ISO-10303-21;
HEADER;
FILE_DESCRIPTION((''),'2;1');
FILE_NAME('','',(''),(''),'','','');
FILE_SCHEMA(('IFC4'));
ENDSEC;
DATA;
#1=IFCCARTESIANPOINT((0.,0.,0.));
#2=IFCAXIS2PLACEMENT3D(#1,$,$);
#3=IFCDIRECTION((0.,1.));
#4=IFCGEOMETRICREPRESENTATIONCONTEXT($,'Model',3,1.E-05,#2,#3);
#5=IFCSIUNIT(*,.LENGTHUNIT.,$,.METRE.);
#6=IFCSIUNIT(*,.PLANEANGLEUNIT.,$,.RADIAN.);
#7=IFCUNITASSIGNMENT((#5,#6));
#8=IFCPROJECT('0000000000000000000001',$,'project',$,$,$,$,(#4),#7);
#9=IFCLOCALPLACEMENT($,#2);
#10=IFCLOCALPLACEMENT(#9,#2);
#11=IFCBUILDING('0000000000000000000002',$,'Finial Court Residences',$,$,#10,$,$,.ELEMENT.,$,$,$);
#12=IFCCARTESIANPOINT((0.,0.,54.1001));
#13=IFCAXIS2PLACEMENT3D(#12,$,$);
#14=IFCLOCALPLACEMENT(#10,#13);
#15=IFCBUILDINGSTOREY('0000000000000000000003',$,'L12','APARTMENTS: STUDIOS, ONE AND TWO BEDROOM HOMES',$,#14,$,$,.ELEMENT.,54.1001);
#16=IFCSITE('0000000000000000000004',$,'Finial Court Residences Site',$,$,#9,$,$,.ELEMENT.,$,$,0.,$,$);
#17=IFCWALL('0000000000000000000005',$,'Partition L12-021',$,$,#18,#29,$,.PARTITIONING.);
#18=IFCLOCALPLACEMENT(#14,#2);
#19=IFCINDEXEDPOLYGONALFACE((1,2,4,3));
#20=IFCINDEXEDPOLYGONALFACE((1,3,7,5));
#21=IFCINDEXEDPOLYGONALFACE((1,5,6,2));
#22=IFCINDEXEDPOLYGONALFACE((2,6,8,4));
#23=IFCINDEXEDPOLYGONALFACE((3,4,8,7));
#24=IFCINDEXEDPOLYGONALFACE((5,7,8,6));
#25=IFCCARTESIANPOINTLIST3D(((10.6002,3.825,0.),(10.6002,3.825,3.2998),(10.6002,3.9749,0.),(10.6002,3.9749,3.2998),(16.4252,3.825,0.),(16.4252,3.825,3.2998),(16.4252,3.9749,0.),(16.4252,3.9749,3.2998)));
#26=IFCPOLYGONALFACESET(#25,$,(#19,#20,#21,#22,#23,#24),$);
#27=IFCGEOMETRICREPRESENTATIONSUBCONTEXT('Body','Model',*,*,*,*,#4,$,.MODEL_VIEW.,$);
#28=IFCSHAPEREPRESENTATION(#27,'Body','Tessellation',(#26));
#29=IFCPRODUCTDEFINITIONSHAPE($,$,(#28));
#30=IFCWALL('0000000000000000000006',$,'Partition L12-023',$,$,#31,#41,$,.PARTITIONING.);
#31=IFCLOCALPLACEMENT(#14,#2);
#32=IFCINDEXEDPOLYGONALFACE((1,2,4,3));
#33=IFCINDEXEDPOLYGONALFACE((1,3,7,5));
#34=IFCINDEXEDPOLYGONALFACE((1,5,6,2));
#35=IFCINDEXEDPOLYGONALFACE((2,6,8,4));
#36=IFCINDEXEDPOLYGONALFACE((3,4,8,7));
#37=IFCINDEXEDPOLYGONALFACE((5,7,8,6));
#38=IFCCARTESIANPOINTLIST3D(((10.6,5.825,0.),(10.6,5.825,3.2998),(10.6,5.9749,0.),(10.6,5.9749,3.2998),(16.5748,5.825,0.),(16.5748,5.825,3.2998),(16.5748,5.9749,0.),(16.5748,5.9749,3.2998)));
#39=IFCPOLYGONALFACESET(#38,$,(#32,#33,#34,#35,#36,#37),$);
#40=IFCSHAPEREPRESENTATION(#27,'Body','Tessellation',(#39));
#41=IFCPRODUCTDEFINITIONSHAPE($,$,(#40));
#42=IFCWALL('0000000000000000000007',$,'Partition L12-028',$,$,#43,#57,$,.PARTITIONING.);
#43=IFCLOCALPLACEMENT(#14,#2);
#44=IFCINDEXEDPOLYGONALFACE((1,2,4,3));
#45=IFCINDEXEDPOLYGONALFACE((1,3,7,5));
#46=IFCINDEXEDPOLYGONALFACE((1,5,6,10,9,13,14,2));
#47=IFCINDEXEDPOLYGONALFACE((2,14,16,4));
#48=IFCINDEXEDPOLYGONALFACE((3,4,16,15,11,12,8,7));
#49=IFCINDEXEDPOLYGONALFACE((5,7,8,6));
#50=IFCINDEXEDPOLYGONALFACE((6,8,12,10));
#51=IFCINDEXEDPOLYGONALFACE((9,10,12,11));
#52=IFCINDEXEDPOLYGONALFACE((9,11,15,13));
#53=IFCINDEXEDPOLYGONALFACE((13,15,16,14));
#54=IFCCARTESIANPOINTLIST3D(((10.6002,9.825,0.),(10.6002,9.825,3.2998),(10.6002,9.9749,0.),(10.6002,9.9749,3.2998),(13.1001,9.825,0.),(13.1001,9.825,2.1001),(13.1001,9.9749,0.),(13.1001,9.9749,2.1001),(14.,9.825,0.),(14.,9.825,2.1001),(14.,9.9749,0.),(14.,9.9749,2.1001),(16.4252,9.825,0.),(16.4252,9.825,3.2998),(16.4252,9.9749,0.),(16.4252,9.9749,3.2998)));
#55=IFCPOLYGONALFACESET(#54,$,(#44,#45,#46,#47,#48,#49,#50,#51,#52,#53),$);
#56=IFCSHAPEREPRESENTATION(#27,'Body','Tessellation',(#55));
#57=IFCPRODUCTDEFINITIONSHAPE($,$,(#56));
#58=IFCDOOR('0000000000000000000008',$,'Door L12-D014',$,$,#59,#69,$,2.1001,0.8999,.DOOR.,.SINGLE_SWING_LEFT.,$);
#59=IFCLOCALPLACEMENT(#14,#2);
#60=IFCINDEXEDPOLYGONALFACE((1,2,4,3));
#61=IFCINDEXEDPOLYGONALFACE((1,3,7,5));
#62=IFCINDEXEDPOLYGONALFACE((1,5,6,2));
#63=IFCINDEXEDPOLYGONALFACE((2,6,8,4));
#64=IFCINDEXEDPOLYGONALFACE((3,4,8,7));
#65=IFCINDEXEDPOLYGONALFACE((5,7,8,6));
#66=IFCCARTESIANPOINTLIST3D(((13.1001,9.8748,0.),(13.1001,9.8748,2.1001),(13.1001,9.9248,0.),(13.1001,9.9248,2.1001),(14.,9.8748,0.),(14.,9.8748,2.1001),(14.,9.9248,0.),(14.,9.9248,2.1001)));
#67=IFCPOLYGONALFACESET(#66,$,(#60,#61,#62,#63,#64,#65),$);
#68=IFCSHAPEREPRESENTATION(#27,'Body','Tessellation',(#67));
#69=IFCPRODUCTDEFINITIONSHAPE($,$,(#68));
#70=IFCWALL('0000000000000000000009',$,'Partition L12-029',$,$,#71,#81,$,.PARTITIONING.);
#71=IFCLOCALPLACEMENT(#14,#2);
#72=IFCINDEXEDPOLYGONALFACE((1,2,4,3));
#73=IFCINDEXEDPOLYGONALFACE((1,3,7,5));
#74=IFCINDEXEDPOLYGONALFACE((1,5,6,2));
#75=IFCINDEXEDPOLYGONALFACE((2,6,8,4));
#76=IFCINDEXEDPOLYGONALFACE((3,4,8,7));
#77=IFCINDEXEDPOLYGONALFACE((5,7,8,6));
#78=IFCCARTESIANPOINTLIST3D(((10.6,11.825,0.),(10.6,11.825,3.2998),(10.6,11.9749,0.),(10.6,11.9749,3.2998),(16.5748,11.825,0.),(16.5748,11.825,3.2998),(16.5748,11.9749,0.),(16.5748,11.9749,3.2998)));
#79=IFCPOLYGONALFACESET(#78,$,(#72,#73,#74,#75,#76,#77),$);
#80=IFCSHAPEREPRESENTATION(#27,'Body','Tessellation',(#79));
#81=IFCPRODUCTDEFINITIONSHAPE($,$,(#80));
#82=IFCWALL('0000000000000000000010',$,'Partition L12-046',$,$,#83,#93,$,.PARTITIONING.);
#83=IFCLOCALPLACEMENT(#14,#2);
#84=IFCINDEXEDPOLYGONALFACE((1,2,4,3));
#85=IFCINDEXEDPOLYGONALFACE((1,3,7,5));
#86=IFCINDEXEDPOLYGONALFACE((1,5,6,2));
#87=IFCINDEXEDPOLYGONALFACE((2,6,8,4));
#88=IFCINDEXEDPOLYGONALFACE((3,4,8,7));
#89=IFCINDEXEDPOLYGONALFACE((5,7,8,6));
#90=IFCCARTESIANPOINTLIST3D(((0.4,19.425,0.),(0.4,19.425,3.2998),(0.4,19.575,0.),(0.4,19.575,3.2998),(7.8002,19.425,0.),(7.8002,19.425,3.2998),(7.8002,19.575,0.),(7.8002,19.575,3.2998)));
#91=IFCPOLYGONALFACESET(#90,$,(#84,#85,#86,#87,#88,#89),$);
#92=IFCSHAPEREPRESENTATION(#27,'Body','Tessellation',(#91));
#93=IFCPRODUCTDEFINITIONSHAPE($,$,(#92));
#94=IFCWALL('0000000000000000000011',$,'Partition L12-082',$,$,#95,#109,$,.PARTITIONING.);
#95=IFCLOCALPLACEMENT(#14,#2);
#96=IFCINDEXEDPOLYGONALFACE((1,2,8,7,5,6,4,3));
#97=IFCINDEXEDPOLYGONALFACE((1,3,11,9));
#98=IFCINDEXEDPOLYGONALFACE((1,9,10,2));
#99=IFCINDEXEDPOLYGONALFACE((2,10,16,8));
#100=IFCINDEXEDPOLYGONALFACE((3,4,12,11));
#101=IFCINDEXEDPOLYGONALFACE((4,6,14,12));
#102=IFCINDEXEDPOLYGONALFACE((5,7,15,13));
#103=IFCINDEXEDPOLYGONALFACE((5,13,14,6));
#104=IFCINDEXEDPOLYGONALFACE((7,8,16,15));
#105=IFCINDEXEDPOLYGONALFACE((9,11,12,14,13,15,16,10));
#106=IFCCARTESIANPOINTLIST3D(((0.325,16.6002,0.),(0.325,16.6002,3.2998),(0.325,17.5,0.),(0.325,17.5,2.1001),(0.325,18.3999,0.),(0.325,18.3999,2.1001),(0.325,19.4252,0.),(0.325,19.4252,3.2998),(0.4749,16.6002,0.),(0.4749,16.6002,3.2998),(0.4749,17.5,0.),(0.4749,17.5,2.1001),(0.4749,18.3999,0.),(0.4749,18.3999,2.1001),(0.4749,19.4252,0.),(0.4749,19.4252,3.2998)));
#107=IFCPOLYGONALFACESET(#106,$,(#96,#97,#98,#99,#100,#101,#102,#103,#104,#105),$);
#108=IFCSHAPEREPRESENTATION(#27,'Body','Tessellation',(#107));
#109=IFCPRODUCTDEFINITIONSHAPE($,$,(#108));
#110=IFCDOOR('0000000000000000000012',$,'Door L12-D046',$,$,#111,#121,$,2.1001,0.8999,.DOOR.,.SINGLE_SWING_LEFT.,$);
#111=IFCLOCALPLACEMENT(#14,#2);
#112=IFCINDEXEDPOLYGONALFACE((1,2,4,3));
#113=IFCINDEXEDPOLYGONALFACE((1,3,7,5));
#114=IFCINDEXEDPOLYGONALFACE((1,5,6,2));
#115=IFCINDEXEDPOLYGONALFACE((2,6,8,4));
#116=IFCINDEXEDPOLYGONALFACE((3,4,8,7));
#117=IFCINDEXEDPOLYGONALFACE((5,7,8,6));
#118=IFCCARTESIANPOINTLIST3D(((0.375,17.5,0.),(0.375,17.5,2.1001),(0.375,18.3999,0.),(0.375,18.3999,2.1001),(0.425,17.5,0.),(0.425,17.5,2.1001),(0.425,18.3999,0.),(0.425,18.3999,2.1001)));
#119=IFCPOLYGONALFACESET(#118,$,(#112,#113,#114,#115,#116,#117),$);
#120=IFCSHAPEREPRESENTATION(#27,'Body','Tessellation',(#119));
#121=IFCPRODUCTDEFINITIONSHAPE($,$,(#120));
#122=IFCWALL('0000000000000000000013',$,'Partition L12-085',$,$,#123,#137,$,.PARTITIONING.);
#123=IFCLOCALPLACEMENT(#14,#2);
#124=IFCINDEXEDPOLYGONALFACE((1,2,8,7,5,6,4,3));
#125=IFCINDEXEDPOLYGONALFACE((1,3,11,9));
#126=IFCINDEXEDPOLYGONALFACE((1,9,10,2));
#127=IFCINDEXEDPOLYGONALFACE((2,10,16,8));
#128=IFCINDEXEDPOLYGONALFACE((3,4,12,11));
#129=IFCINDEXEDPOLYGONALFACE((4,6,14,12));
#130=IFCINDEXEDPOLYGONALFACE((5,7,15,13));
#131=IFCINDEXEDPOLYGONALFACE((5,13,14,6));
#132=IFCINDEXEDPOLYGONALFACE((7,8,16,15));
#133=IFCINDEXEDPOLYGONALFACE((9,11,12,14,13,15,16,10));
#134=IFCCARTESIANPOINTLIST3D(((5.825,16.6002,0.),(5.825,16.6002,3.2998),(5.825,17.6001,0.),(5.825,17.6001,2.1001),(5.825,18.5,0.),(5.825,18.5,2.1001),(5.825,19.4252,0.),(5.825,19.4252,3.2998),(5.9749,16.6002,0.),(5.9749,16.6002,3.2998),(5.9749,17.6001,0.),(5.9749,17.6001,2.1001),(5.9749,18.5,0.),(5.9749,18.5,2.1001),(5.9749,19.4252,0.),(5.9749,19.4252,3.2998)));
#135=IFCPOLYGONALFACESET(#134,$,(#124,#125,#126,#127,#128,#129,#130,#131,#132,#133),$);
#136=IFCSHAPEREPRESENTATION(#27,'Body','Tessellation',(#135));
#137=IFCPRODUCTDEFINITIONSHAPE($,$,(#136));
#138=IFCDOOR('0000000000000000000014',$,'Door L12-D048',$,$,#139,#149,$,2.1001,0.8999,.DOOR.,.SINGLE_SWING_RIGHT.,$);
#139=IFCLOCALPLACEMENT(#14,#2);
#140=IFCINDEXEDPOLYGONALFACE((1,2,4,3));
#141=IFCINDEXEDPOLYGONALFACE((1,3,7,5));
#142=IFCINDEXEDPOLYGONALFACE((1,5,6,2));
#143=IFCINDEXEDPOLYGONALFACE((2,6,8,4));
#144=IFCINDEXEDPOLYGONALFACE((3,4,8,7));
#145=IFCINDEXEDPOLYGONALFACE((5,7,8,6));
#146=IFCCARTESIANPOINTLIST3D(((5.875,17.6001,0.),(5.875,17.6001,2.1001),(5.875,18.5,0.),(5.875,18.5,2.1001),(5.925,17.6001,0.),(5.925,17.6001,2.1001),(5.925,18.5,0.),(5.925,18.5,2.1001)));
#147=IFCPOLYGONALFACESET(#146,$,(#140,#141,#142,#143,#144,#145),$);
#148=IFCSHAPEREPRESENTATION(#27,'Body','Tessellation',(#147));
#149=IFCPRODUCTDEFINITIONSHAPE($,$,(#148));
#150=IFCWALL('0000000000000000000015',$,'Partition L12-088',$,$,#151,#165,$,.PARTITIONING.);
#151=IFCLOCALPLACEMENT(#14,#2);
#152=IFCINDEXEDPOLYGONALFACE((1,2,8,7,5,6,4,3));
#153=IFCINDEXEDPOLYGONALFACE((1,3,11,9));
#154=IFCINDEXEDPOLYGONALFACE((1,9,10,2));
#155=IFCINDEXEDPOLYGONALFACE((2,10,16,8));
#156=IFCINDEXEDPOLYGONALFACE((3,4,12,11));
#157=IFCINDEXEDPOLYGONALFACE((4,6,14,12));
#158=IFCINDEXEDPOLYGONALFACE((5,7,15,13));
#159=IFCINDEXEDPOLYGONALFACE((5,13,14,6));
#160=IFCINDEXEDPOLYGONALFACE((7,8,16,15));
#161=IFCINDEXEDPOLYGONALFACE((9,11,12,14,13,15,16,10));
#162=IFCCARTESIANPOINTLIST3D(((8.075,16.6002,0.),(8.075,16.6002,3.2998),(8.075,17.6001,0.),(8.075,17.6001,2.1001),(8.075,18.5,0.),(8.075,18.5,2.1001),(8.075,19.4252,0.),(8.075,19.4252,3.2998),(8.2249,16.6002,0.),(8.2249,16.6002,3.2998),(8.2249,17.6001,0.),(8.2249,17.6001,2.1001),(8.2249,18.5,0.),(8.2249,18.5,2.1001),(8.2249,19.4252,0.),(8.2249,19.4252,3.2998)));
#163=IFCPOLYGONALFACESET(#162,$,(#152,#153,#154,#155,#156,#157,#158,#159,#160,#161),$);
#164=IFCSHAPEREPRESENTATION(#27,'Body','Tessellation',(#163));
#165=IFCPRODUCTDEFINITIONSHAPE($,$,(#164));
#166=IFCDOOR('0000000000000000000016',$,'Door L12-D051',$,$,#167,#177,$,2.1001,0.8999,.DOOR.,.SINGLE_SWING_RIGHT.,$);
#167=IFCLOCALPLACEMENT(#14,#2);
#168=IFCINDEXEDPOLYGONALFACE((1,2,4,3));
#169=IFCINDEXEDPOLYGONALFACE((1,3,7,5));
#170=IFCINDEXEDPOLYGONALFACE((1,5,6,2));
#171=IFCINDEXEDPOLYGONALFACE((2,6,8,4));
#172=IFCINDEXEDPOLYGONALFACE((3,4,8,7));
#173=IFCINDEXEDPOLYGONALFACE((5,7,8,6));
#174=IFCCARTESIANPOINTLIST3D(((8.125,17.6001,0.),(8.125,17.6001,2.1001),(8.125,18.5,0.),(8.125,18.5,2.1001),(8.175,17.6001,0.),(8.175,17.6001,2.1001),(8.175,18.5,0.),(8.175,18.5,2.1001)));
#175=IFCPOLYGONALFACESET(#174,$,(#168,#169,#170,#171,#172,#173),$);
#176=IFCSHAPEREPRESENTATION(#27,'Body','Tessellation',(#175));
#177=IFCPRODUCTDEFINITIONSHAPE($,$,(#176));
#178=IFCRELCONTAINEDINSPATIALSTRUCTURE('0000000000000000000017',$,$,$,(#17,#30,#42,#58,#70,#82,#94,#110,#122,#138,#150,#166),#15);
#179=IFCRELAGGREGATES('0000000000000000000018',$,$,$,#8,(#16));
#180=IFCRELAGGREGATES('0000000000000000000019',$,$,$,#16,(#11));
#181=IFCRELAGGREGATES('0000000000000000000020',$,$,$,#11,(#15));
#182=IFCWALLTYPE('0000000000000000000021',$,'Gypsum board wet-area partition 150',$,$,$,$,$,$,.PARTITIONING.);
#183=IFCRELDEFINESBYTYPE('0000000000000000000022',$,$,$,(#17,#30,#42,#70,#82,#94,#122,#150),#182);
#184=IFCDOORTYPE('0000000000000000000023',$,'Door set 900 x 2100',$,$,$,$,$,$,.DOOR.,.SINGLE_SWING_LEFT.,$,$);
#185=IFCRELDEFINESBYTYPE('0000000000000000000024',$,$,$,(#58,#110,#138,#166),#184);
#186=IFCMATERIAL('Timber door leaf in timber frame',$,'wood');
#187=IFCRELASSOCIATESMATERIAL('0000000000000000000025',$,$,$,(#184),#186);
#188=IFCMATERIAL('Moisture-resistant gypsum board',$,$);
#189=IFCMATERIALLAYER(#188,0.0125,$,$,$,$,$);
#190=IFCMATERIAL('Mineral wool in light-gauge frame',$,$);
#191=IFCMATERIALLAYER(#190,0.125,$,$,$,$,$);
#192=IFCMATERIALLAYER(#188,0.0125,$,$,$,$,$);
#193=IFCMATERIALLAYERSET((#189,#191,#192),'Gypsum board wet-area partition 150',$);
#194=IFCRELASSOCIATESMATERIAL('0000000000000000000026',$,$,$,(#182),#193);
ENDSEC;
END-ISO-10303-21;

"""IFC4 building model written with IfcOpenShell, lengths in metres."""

from ifc_helpers import new_model, si_unit, direction, frame, frame_2d, origin, place, context, subcontext, project, spatial, rectangle, extrude, material, layer, layer_set, type_object, element, fill, save


model = new_model("IFC4")

# Units and contexts
model_context = context("Model", 3, precision=1e-05, world=origin(), true_north=direction((0.0, 1.0)))
body_context = subcontext(model_context, "Body", "Model", "MODEL_VIEW")
ifc_project = project(units=[si_unit("LENGTHUNIT", "METRE"), si_unit("PLANEANGLEUNIT", "RADIAN")], contexts=[model_context])

# Site, building, storey
site_placement = place(None, origin())
site = spatial("IfcSite", under=ifc_project, at=site_placement, Name="Finial Court Residences Site", CompositionType="ELEMENT", RefElevation=0.0)
building_placement = place(site_placement, origin())
building = spatial("IfcBuilding", under=site, at=building_placement, Name="Finial Court Residences", CompositionType="ELEMENT")
storey_placement = place(building_placement, frame((0.0, 0.0, 54.1001)))
storey = spatial("IfcBuildingStorey", under=building, at=storey_placement, Name="L12", Description="APARTMENTS: STUDIOS, ONE AND TWO BEDROOM HOMES", CompositionType="ELEMENT", Elevation=54.1001)

# Shared definitions
ifc_material_1 = material(Name="Mineral wool in light-gauge frame")

# Shared definitions
ifc_material_2 = material(Name="Timber door leaf in timber frame", Category="wood")
door_type = type_object("IfcDoorType", Name="Door set 900 x 2100", OperationType="SINGLE_SWING_LEFT", PredefinedType="DOOR", material=ifc_material_2)

# Walls
ifc_material_3 = material(Name="Moisture-resistant gypsum board")
ifc_layer_1 = layer(ifc_material_3, 0.0125)
ifc_layer_2 = layer(ifc_material_1, 0.125)
ifc_layer_3 = layer(ifc_material_3, 0.0125)
ifc_layer_set_1 = layer_set([ifc_layer_1, ifc_layer_2, ifc_layer_3], Name="Gypsum board wet-area partition 150")
wall_type_1 = type_object("IfcWallType", Name="Gypsum board wet-area partition 150", PredefinedType="PARTITIONING", material=ifc_layer_set_1)
wall_1_placement = place(storey_placement, frame((10.6001, 3.8999, 0.0), z_axis=(0.0, 0.0, 1.0), x_axis=(1.0, 0.0, 0.0)))
element("IfcWall", 1, at=wall_1_placement, inside=storey, type_object=wall_type_1, Name="Partition L12-021", PredefinedType="PARTITIONING", context=body_context, shape_type="SweptSolid", body=[
    extrude(rectangle(XDim=5.825, YDim=0.1499, at=frame_2d((2.9126, 0.0))), origin(), (0.0, 0.0, 1.0), 3.2998),
])
wall_2_placement = place(storey_placement, frame((10.6001, 5.8999, 0.0), z_axis=(0.0, 0.0, 1.0), x_axis=(1.0, 0.0, 0.0)))
element("IfcWall", 2, at=wall_2_placement, inside=storey, type_object=wall_type_1, Name="Partition L12-023", PredefinedType="PARTITIONING", context=body_context, shape_type="SweptSolid", body=[
    extrude(rectangle(XDim=5.9749, YDim=0.1499, at=frame_2d((2.9873, 0.0))), origin(), (0.0, 0.0, 1.0), 3.2998),
])

# Wall, opening, door
wall_3_placement = place(storey_placement, frame((10.6001, 9.8999, 0.0), z_axis=(0.0, 0.0, 1.0), x_axis=(1.0, 0.0, 0.0)))
wall_3 = element("IfcWall", 3, at=wall_3_placement, inside=storey, type_object=wall_type_1, Name="Partition L12-028", PredefinedType="PARTITIONING", context=body_context, shape_type="SweptSolid", body=[
    extrude(rectangle(XDim=5.825, YDim=0.1499, at=frame_2d((2.9126, 0.0))), origin(), (0.0, 0.0, 1.0), 3.2998),
])
opening_1_placement = place(wall_3_placement, frame((2.5, 0.0, 0.0)))
opening_1 = element("IfcOpeningElement", 4, at=opening_1_placement, cuts=wall_3, PredefinedType="OPENING", context=body_context, shape_type="SweptSolid", body=[
    extrude(rectangle(XDim=0.8999, YDim=2.1001, at=frame_2d((0.45, 1.05))), frame((0.0, 0.085, 0.0), z_axis=(0.0, -1.0, 0.0), x_axis=(1.0, 0.0, 0.0)), (0.0, 0.0, 1.0), 0.1699),
])
door_1_placement = place(opening_1_placement, origin())
door_1 = element("IfcDoor", 5, at=door_1_placement, inside=storey, type_object=door_type, Name="Door L12-D014", OperationType="SINGLE_SWING_LEFT", OverallHeight=2.1001, OverallWidth=0.8999, PredefinedType="DOOR", context=body_context, shape_type="SweptSolid", body=[
    extrude(rectangle(XDim=0.8999, YDim=2.1001, at=frame_2d((0.45, 1.05))), frame((0.0, 0.0249, 0.0), z_axis=(0.0, -1.0, 0.0), x_axis=(1.0, 0.0, 0.0)), (0.0, 0.0, 1.0), 0.05),
])
fill(opening_1, door_1)

# Walls
wall_4_placement = place(storey_placement, frame((10.6001, 11.8999, 0.0), z_axis=(0.0, 0.0, 1.0), x_axis=(1.0, 0.0, 0.0)))
element("IfcWall", 6, at=wall_4_placement, inside=storey, type_object=wall_type_1, Name="Partition L12-029", PredefinedType="PARTITIONING", context=body_context, shape_type="SweptSolid", body=[
    extrude(rectangle(XDim=5.9749, YDim=0.1499, at=frame_2d((2.9873, 0.0))), origin(), (0.0, 0.0, 1.0), 3.2998),
])
wall_5_placement = place(storey_placement, frame((0.3999, 19.5, 0.0), z_axis=(0.0, 0.0, 1.0), x_axis=(1.0, 0.0, 0.0)))
element("IfcWall", 7, at=wall_5_placement, inside=storey, type_object=wall_type_1, Name="Partition L12-046", PredefinedType="PARTITIONING", context=body_context, shape_type="SweptSolid", body=[
    extrude(rectangle(XDim=7.4001, YDim=0.1499, at=frame_2d((3.7002, 0.0))), origin(), (0.0, 0.0, 1.0), 3.2998),
])

# Walls, openings, doors
wall_6_placement = place(storey_placement, frame((0.3999, 16.6001, 0.0), z_axis=(0.0, 0.0, 1.0), x_axis=(0.0, 1.0, 0.0)))
wall_6 = element("IfcWall", 8, at=wall_6_placement, inside=storey, type_object=wall_type_1, Name="Partition L12-082", PredefinedType="PARTITIONING", context=body_context, shape_type="SweptSolid", body=[
    extrude(rectangle(XDim=2.825, YDim=0.1499, at=frame_2d((1.4126, 0.0))), origin(), (0.0, 0.0, 1.0), 3.2998),
])
opening_2_placement = place(wall_6_placement, frame((0.8999, 0.0, 0.0)))
opening_2 = element("IfcOpeningElement", 9, at=opening_2_placement, cuts=wall_6, PredefinedType="OPENING", context=body_context, shape_type="SweptSolid", body=[
    extrude(rectangle(XDim=0.8999, YDim=2.1001, at=frame_2d((0.45, 1.05))), frame((0.0, 0.085, 0.0), z_axis=(0.0, -1.0, 0.0), x_axis=(1.0, 0.0, 0.0)), (0.0, 0.0, 1.0), 0.1699),
])
door_2_placement = place(opening_2_placement, origin())
door_2 = element("IfcDoor", 10, at=door_2_placement, inside=storey, type_object=door_type, Name="Door L12-D046", OperationType="SINGLE_SWING_LEFT", OverallHeight=2.1001, OverallWidth=0.8999, PredefinedType="DOOR", context=body_context, shape_type="SweptSolid", body=[
    extrude(rectangle(XDim=0.8999, YDim=2.1001, at=frame_2d((0.45, 1.05))), frame((0.0, 0.0249, 0.0), z_axis=(0.0, -1.0, 0.0), x_axis=(1.0, 0.0, 0.0)), (0.0, 0.0, 1.0), 0.05),
])
fill(opening_2, door_2)
wall_7_placement = place(storey_placement, frame((5.8999, 16.6001, 0.0), z_axis=(0.0, 0.0, 1.0), x_axis=(0.0, 1.0, 0.0)))
wall_7 = element("IfcWall", 11, at=wall_7_placement, inside=storey, type_object=wall_type_1, Name="Partition L12-085", PredefinedType="PARTITIONING", context=body_context, shape_type="SweptSolid", body=[
    extrude(rectangle(XDim=2.825, YDim=0.1499, at=frame_2d((1.4126, 0.0))), origin(), (0.0, 0.0, 1.0), 3.2998),
])
opening_3_placement = place(wall_7_placement, frame((1.0, 0.0, 0.0)))
opening_3 = element("IfcOpeningElement", 12, at=opening_3_placement, cuts=wall_7, PredefinedType="OPENING", context=body_context, shape_type="SweptSolid", body=[
    extrude(rectangle(XDim=0.8999, YDim=2.1001, at=frame_2d((0.45, 1.05))), frame((0.0, 0.085, 0.0), z_axis=(0.0, -1.0, 0.0), x_axis=(1.0, 0.0, 0.0)), (0.0, 0.0, 1.0), 0.1699),
])
door_3_placement = place(opening_3_placement, origin())
door_3 = element("IfcDoor", 13, at=door_3_placement, inside=storey, type_object=door_type, Name="Door L12-D048", OperationType="SINGLE_SWING_RIGHT", OverallHeight=2.1001, OverallWidth=0.8999, PredefinedType="DOOR", context=body_context, shape_type="SweptSolid", body=[
    extrude(rectangle(XDim=0.8999, YDim=2.1001, at=frame_2d((0.45, 1.05))), frame((0.0, 0.0249, 0.0), z_axis=(0.0, -1.0, 0.0), x_axis=(1.0, 0.0, 0.0)), (0.0, 0.0, 1.0), 0.05),
])
fill(opening_3, door_3)
wall_8_placement = place(storey_placement, frame((8.1499, 16.6001, 0.0), z_axis=(0.0, 0.0, 1.0), x_axis=(0.0, 1.0, 0.0)))
wall_8 = element("IfcWall", 14, at=wall_8_placement, inside=storey, type_object=wall_type_1, Name="Partition L12-088", PredefinedType="PARTITIONING", context=body_context, shape_type="SweptSolid", body=[
    extrude(rectangle(XDim=2.825, YDim=0.1499, at=frame_2d((1.4126, 0.0))), origin(), (0.0, 0.0, 1.0), 3.2998),
])
opening_4_placement = place(wall_8_placement, frame((1.0, 0.0, 0.0)))
opening_4 = element("IfcOpeningElement", 15, at=opening_4_placement, cuts=wall_8, PredefinedType="OPENING", context=body_context, shape_type="SweptSolid", body=[
    extrude(rectangle(XDim=0.8999, YDim=2.1001, at=frame_2d((0.45, 1.05))), frame((0.0, 0.085, 0.0), z_axis=(0.0, -1.0, 0.0), x_axis=(1.0, 0.0, 0.0)), (0.0, 0.0, 1.0), 0.1699),
])
door_4_placement = place(opening_4_placement, origin())
door_4 = element("IfcDoor", 16, at=door_4_placement, inside=storey, type_object=door_type, Name="Door L12-D051", OperationType="SINGLE_SWING_RIGHT", OverallHeight=2.1001, OverallWidth=0.8999, PredefinedType="DOOR", context=body_context, shape_type="SweptSolid", body=[
    extrude(rectangle(XDim=0.8999, YDim=2.1001, at=frame_2d((0.45, 1.05))), frame((0.0, 0.0249, 0.0), z_axis=(0.0, -1.0, 0.0), x_axis=(1.0, 0.0, 0.0)), (0.0, 0.0, 1.0), 0.05),
])
fill(opening_4, door_4)

save(model, "model.ifc")
